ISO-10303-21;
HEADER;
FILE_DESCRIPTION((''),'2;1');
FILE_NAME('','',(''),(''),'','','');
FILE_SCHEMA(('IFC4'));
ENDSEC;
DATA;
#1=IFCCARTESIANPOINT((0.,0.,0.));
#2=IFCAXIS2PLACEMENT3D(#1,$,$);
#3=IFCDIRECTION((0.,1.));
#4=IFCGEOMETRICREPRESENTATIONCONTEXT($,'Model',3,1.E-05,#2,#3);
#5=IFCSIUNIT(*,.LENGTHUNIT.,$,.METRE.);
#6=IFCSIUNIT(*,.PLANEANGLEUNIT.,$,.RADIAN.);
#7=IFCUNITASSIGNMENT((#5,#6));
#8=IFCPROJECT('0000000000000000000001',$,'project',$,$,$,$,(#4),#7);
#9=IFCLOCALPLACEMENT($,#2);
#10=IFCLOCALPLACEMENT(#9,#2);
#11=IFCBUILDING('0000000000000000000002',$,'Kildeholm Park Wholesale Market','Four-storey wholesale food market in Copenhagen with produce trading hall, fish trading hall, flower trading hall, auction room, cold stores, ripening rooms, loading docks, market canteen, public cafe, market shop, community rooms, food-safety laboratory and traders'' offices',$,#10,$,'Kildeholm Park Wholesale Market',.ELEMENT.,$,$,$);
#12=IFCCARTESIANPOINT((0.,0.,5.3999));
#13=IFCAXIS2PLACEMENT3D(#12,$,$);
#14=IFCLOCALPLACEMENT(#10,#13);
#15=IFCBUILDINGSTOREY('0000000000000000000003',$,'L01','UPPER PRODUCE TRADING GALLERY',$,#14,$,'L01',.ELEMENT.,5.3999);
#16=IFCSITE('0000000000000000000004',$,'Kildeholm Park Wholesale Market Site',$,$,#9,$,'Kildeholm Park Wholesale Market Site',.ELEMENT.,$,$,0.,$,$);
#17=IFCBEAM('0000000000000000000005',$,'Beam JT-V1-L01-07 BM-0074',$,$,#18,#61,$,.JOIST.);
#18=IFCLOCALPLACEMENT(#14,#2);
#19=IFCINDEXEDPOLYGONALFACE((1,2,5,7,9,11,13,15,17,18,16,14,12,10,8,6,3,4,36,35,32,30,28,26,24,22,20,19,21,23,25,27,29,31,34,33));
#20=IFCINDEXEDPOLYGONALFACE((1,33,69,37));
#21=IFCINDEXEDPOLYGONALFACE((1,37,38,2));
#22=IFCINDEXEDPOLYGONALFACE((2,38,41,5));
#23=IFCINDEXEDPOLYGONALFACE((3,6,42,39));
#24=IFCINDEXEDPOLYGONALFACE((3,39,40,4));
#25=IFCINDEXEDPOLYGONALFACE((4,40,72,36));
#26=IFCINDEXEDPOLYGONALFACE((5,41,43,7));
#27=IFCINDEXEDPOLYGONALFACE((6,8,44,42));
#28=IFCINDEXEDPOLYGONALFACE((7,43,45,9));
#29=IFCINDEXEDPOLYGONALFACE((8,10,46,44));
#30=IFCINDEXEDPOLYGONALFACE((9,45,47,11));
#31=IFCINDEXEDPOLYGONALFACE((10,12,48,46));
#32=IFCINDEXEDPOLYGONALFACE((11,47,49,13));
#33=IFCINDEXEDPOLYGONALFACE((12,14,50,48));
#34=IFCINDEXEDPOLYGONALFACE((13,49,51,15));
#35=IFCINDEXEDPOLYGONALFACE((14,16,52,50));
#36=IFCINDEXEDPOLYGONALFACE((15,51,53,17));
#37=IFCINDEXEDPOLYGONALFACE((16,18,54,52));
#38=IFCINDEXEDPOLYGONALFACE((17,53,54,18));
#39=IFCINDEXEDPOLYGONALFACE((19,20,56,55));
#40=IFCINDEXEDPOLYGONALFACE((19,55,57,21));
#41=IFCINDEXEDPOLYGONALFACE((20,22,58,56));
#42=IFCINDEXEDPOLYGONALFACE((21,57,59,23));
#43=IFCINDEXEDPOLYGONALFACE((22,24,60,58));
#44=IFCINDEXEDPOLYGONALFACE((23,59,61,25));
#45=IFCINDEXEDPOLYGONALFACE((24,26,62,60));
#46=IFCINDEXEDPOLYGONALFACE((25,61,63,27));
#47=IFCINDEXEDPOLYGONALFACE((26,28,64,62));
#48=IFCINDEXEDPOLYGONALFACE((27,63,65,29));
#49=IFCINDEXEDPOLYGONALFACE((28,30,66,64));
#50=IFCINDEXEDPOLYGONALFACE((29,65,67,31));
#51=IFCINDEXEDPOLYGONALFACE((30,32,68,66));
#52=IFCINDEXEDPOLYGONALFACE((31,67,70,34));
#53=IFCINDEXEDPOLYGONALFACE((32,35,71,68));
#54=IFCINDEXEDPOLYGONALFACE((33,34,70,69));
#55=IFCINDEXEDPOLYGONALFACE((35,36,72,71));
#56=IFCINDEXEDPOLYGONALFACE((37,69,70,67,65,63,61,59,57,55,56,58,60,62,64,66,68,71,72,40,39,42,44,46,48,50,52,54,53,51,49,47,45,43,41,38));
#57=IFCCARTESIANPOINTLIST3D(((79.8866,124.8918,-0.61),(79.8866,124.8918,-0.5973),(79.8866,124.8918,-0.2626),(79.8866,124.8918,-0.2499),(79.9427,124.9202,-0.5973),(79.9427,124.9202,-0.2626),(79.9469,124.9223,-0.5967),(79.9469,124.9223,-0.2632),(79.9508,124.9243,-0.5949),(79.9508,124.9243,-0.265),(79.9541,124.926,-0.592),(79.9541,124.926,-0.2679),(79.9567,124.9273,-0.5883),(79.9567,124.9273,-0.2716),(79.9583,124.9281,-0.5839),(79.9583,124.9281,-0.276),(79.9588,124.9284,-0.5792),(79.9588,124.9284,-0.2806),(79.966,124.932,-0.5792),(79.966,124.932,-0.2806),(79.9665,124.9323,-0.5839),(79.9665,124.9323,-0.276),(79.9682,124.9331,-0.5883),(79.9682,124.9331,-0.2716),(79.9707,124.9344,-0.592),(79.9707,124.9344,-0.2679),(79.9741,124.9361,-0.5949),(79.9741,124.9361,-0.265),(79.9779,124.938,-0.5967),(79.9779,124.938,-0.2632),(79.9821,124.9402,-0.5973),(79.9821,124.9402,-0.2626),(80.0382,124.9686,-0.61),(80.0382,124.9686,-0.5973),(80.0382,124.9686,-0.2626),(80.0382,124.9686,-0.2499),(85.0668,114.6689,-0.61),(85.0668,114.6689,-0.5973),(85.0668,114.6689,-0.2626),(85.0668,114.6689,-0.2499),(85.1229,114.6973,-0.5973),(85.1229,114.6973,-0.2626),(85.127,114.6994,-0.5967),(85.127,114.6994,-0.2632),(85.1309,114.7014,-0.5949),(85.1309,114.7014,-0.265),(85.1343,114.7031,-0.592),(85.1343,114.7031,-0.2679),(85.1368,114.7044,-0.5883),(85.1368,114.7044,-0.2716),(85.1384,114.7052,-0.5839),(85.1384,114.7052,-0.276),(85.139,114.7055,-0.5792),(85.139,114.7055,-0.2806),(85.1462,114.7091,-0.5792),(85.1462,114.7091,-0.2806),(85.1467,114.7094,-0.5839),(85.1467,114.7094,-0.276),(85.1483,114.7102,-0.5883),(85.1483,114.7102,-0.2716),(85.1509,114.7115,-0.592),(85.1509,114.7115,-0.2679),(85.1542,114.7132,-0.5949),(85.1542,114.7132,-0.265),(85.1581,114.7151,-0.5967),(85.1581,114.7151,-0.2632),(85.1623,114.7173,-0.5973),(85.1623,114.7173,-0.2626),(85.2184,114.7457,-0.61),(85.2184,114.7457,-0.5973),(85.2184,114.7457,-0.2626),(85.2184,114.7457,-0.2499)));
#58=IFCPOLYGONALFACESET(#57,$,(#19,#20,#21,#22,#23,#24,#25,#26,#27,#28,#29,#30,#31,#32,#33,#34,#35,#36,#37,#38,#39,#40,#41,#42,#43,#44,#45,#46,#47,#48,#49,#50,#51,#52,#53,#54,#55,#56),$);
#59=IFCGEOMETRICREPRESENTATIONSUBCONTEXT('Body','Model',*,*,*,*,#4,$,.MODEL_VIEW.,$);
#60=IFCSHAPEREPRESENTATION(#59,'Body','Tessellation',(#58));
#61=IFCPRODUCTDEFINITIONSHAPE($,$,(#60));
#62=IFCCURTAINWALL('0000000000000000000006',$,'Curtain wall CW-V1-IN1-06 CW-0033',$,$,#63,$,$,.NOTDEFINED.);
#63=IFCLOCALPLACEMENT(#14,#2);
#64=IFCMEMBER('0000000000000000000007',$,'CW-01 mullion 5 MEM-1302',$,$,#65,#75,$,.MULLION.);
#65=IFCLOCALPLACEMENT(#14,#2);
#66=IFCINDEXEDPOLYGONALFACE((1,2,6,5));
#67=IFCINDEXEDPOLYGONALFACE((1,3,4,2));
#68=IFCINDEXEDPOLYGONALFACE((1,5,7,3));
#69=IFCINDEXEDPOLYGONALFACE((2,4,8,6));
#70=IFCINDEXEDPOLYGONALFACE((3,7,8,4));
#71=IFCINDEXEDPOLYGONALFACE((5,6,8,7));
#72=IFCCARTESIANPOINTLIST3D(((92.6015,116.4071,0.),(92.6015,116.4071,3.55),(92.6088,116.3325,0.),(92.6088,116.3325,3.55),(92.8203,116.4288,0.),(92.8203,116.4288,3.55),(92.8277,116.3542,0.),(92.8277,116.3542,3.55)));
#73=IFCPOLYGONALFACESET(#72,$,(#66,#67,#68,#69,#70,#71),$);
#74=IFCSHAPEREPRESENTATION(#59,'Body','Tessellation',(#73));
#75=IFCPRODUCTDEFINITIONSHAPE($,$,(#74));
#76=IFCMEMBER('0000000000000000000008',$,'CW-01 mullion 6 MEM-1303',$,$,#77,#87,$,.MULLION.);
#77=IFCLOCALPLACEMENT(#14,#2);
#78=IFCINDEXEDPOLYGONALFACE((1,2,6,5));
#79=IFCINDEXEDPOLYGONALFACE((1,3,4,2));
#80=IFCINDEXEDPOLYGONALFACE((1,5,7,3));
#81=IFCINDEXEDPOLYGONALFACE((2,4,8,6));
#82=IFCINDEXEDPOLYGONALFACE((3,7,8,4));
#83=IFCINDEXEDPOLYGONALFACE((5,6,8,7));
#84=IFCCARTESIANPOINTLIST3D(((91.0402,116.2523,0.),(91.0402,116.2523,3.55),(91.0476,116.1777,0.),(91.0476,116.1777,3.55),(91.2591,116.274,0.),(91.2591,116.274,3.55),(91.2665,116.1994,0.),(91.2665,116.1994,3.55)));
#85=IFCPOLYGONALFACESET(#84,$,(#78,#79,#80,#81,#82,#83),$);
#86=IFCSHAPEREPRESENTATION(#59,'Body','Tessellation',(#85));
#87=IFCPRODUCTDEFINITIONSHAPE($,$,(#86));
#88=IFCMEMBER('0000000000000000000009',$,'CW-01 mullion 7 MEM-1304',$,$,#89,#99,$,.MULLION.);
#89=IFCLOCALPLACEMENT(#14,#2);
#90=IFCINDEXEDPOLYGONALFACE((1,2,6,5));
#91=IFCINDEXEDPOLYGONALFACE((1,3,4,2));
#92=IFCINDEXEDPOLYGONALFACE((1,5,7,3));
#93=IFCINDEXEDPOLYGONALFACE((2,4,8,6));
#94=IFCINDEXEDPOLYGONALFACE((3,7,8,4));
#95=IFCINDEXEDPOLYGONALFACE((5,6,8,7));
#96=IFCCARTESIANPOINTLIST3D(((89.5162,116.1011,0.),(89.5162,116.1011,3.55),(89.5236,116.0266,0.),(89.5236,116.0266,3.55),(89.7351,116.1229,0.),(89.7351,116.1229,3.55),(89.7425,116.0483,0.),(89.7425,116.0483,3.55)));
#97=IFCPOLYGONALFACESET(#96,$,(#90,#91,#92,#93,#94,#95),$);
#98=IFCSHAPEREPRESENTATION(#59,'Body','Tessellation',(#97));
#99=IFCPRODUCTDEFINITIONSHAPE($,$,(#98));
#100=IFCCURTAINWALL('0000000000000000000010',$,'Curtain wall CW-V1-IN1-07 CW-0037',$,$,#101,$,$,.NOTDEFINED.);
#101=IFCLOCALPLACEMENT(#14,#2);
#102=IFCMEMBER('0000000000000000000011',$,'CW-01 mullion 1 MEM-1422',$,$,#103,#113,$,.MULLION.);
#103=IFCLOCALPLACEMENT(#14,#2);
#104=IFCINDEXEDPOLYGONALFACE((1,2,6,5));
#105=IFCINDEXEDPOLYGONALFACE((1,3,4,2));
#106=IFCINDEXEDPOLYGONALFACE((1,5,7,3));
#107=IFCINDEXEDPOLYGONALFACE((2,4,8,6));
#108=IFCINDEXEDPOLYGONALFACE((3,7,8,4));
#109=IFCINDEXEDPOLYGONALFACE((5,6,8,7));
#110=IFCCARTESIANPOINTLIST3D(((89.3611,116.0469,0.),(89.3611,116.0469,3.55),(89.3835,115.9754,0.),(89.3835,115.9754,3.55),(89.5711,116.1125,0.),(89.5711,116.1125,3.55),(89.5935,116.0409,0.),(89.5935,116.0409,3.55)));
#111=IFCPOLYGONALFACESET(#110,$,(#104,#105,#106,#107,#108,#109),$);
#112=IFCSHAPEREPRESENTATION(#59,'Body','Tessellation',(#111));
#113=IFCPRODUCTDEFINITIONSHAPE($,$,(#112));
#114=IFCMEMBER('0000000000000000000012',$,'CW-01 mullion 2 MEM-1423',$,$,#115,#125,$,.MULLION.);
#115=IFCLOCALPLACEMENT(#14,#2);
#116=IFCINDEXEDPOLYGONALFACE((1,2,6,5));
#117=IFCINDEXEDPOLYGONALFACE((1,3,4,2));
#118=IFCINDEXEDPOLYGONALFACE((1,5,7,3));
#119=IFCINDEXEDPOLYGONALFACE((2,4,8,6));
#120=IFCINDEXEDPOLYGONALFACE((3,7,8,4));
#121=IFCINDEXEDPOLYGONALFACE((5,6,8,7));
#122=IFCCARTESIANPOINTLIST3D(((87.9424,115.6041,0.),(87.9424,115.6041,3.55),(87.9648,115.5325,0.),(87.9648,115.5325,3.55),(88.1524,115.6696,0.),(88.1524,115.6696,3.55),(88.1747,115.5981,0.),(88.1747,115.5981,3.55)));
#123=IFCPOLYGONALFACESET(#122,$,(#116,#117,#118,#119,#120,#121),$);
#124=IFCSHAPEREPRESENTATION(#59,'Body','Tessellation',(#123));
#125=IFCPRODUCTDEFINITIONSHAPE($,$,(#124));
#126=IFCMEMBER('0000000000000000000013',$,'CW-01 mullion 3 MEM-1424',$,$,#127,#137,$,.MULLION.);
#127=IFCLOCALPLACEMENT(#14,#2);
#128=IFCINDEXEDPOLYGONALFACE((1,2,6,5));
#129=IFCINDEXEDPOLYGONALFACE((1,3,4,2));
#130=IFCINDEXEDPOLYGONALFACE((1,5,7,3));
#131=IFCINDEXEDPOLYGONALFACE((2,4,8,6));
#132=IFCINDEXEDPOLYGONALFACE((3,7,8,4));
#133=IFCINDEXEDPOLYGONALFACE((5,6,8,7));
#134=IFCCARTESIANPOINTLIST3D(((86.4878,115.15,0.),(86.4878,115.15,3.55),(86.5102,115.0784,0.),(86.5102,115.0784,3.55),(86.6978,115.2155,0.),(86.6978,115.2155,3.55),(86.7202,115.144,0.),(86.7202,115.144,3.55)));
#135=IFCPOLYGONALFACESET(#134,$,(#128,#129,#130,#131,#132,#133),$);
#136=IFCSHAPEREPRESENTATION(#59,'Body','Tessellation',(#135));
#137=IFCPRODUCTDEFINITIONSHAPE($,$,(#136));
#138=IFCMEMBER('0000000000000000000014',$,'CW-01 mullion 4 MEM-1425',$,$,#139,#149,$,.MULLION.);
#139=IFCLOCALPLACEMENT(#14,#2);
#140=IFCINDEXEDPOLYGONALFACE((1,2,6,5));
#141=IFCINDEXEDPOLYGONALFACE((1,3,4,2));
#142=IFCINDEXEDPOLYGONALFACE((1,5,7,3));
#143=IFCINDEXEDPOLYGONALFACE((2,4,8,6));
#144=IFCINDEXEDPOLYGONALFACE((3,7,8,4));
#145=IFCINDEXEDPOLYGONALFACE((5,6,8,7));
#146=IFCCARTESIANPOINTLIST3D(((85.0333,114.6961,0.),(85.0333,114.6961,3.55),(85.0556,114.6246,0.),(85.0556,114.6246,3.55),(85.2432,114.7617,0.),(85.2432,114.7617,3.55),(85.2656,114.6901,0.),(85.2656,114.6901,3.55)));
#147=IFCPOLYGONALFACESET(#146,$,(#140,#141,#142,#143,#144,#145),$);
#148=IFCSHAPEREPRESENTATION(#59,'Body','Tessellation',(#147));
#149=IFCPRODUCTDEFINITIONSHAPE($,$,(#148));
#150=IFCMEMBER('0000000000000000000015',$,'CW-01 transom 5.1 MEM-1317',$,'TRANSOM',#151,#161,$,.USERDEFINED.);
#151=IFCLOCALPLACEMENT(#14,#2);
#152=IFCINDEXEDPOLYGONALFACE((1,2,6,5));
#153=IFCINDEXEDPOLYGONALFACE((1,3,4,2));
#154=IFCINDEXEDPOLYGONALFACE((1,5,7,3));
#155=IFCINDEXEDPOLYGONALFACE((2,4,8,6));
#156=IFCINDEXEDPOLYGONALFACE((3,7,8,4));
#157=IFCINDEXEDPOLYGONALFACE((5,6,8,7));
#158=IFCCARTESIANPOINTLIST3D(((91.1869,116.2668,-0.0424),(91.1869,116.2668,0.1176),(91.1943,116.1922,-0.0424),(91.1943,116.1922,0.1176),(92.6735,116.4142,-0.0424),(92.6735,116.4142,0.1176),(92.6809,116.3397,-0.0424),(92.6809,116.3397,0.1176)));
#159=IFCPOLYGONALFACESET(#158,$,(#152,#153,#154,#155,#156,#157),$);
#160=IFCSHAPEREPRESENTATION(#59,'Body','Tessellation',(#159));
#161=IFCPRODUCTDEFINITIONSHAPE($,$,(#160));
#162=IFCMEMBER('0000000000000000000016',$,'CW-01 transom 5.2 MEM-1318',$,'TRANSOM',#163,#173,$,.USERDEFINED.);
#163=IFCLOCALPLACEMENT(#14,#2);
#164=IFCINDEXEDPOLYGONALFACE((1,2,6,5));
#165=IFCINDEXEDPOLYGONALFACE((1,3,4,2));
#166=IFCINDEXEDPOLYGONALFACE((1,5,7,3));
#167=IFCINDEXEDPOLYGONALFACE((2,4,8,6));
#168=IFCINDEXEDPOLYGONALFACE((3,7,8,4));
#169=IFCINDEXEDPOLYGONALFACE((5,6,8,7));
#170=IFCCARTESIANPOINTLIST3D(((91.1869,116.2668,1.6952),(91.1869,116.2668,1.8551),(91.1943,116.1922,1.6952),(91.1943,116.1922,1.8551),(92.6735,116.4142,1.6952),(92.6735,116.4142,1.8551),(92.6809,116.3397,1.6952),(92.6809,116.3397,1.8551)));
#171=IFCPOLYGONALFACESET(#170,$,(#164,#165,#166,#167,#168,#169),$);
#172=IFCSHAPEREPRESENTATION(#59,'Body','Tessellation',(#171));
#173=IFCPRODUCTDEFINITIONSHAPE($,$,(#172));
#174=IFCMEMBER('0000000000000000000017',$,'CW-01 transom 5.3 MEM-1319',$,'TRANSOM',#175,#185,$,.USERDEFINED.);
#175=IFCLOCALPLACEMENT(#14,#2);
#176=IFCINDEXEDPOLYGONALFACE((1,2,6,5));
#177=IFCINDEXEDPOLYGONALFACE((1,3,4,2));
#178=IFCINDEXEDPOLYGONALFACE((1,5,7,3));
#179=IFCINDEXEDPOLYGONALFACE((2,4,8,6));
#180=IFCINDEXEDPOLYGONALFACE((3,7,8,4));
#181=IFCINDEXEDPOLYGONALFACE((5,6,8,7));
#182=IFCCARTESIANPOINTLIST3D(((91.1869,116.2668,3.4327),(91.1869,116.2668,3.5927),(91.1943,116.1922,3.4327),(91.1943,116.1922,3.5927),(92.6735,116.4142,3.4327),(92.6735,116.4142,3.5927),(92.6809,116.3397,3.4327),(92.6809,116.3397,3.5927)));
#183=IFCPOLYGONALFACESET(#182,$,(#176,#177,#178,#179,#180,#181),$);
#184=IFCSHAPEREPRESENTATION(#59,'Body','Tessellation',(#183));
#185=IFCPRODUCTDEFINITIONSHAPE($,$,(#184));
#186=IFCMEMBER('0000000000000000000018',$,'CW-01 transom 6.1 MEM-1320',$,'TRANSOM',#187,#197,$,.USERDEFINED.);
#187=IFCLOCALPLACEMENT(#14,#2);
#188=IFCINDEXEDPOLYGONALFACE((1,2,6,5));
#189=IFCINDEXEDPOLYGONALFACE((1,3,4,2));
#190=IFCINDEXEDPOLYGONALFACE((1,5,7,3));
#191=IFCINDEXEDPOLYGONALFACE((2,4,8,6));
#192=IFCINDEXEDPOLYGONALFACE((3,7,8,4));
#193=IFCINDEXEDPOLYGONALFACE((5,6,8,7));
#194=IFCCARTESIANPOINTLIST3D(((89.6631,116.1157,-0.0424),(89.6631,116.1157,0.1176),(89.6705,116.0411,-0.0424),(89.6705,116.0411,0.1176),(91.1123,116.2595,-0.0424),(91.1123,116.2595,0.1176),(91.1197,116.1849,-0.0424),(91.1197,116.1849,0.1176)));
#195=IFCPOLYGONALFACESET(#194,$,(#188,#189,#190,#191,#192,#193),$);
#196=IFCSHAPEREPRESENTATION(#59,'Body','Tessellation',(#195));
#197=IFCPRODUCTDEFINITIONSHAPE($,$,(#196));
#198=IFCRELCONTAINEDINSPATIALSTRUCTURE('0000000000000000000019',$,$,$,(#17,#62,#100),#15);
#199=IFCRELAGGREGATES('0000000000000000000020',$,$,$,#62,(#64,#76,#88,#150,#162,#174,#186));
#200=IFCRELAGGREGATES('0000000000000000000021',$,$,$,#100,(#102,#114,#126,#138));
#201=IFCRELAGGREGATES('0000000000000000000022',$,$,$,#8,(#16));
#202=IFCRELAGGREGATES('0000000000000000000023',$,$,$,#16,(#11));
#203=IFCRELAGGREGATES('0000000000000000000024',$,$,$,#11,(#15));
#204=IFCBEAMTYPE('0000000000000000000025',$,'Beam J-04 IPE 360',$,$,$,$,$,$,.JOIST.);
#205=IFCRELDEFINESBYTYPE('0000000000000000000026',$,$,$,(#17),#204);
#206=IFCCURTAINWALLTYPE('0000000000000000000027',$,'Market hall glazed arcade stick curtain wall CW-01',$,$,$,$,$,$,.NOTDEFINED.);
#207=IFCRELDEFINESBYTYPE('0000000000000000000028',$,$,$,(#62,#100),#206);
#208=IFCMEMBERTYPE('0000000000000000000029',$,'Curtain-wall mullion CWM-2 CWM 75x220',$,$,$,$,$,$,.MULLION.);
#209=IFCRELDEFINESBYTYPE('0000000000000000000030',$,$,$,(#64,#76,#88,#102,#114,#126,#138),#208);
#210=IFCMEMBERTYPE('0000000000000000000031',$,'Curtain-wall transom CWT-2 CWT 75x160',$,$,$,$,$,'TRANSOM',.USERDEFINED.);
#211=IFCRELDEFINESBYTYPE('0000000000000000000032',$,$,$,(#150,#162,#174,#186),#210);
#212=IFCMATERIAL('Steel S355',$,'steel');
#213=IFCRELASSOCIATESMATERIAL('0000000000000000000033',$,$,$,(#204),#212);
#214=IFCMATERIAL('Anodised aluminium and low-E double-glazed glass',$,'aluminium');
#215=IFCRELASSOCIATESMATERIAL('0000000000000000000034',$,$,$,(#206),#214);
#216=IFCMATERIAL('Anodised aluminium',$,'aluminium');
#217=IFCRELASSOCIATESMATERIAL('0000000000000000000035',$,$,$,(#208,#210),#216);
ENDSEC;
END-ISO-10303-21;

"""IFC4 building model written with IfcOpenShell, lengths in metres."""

from ifc_helpers import new_model, si_unit, direction, frame, origin, origin_2d, place, context, subcontext, project, spatial, rectangle, i_section, extrude, material, material_profile, profile_set, type_object, element, aggregate, save


model = new_model("IFC4")

# Units and contexts
model_context = context("Model", 3, precision=1e-05, world=origin(), true_north=direction((0.0, 1.0)))
body_context = subcontext(model_context, "Body", "Model", "MODEL_VIEW")
ifc_project = project(units=[si_unit("LENGTHUNIT", "METRE"), si_unit("PLANEANGLEUNIT", "RADIAN")], contexts=[model_context])

# Site, building, storey
site_placement = place(None, origin())
site = spatial("IfcSite", under=ifc_project, at=site_placement, Name="Kildeholm Park Wholesale Market Site", LongName="Kildeholm Park Wholesale Market Site", CompositionType="ELEMENT", RefElevation=0.0)
building_placement = place(site_placement, origin())
building = spatial("IfcBuilding", under=site, at=building_placement, Name="Kildeholm Park Wholesale Market", Description="Four-storey wholesale food market in Copenhagen with produce trading hall, fish trading hall, flower trading hall, auction room, cold stores, ripening rooms, loading docks, market canteen, public cafe, market shop, community rooms, food-safety laboratory and traders' offices", LongName="Kildeholm Park Wholesale Market", CompositionType="ELEMENT")
storey_placement = place(building_placement, frame((0.0, 0.0, 5.3999)))
storey = spatial("IfcBuildingStorey", under=building, at=storey_placement, Name="L01", Description="UPPER PRODUCE TRADING GALLERY", LongName="L01", CompositionType="ELEMENT", Elevation=5.3999)

# Shared definitions
ifc_material_1 = material(Name="Steel S355", Category="steel")

# Beam
ifc_material_profile_1 = material_profile(ifc_material_1, i_section(OverallWidth=0.1699, OverallDepth=0.3601, WebThickness=0.0081, FlangeThickness=0.0127, FilletRadius=0.0181, at=origin_2d()), Name="IPE 360")
ifc_profile_set_1 = profile_set([ifc_material_profile_1], Name="Steel S355")
beam_type_1 = type_object("IfcBeamType", Name="Beam J-04 IPE 360", PredefinedType="JOIST", material=ifc_profile_set_1)
beam_1_placement = place(storey_placement, frame((85.1426, 114.7073, -0.4299), z_axis=(-0.452005, 0.892016, 0.0), x_axis=(-0.892016, -0.452005, 0.0)))
element("IfcBeam", 1, at=beam_1_placement, inside=storey, type_object=beam_type_1, Name="Beam JT-V1-L01-07 BM-0074", PredefinedType="JOIST", context=body_context, shape_type="SweptSolid", body=[
    extrude(i_section(OverallWidth=0.1699, OverallDepth=0.3601, WebThickness=0.0081, FlangeThickness=0.0127, FilletRadius=0.0181, at=origin_2d()), origin(), (0.0, 0.0, 1.0), 11.4604),
])

# Curtain walls, members
ifc_material_2 = material(Name="Anodised aluminium and low-E double-glazed glass", Category="aluminium")
curtain_wall_type = type_object("IfcCurtainWallType", Name="Market hall glazed arcade stick curtain wall CW-01", PredefinedType="NOTDEFINED", material=ifc_material_2)
curtain_wall_1_placement = place(storey_placement, origin())
curtain_wall_1 = element("IfcCurtainWall", 2, at=curtain_wall_1_placement, inside=storey, type_object=curtain_wall_type, Name="Curtain wall CW-V1-IN1-06 CW-0033", PredefinedType="NOTDEFINED")
ifc_material_3 = material(Name="Anodised aluminium", Category="aluminium")
ifc_material_profile_2 = material_profile(ifc_material_3, rectangle(XDim=0.075, YDim=0.22, at=origin_2d()), Name="CWM 75x220")
ifc_profile_set_2 = profile_set([ifc_material_profile_2], Name="Anodised aluminium")
member_type_1 = type_object("IfcMemberType", Name="Curtain-wall mullion CWM-2 CWM 75x220", PredefinedType="MULLION", material=ifc_profile_set_2)
member_1_placement = place(storey_placement, frame((92.7146, 116.3806, 0.0), z_axis=(0.0, 0.0, 1.0), x_axis=(0.098683, -0.995119, 0.0)))
member_1 = element("IfcMember", 3, at=member_1_placement, type_object=member_type_1, Name="CW-01 mullion 5 MEM-1302", PredefinedType="MULLION", context=body_context, shape_type="SweptSolid", body=[
    extrude(rectangle(XDim=0.075, YDim=0.22, at=origin_2d()), origin(), (0.0, 0.0, 1.0), 3.55),
])
member_2_placement = place(storey_placement, frame((91.1533, 116.2258, 0.0), z_axis=(0.0, 0.0, 1.0), x_axis=(0.098683, -0.995119, 0.0)))
member_2 = element("IfcMember", 4, at=member_2_placement, type_object=member_type_1, Name="CW-01 mullion 6 MEM-1303", PredefinedType="MULLION", context=body_context, shape_type="SweptSolid", body=[
    extrude(rectangle(XDim=0.075, YDim=0.22, at=origin_2d()), origin(), (0.0, 0.0, 1.0), 3.55),
])
member_3_placement = place(storey_placement, frame((89.6294, 116.0747, 0.0), z_axis=(0.0, 0.0, 1.0), x_axis=(0.098683, -0.995119, 0.0)))
member_3 = element("IfcMember", 5, at=member_3_placement, type_object=member_type_1, Name="CW-01 mullion 7 MEM-1304", PredefinedType="MULLION", context=body_context, shape_type="SweptSolid", body=[
    extrude(rectangle(XDim=0.075, YDim=0.22, at=origin_2d()), origin(), (0.0, 0.0, 1.0), 3.55),
])
curtain_wall_2_placement = place(storey_placement, origin())
curtain_wall_2 = element("IfcCurtainWall", 6, at=curtain_wall_2_placement, inside=storey, type_object=curtain_wall_type, Name="Curtain wall CW-V1-IN1-07 CW-0037", PredefinedType="NOTDEFINED")
member_4_placement = place(storey_placement, frame((89.4773, 116.0439, 0.0), z_axis=(0.0, 0.0, 1.0), x_axis=(0.297957, -0.954579, 0.0)))
member_4 = element("IfcMember", 7, at=member_4_placement, type_object=member_type_1, Name="CW-01 mullion 1 MEM-1422", PredefinedType="MULLION", context=body_context, shape_type="SweptSolid", body=[
    extrude(rectangle(XDim=0.075, YDim=0.22, at=origin_2d()), origin(), (0.0, 0.0, 1.0), 3.55),
])
member_5_placement = place(storey_placement, frame((88.0586, 115.6011, 0.0), z_axis=(0.0, 0.0, 1.0), x_axis=(0.297957, -0.954579, 0.0)))
member_5 = element("IfcMember", 8, at=member_5_placement, type_object=member_type_1, Name="CW-01 mullion 2 MEM-1423", PredefinedType="MULLION", context=body_context, shape_type="SweptSolid", body=[
    extrude(rectangle(XDim=0.075, YDim=0.22, at=origin_2d()), origin(), (0.0, 0.0, 1.0), 3.55),
])
member_6_placement = place(storey_placement, frame((86.604, 115.147, 0.0), z_axis=(0.0, 0.0, 1.0), x_axis=(0.297957, -0.954579, 0.0)))
member_6 = element("IfcMember", 9, at=member_6_placement, type_object=member_type_1, Name="CW-01 mullion 3 MEM-1424", PredefinedType="MULLION", context=body_context, shape_type="SweptSolid", body=[
    extrude(rectangle(XDim=0.075, YDim=0.22, at=origin_2d()), origin(), (0.0, 0.0, 1.0), 3.55),
])
member_7_placement = place(storey_placement, frame((85.1494, 114.6931, 0.0), z_axis=(0.0, 0.0, 1.0), x_axis=(0.297957, -0.954579, 0.0)))
member_7 = element("IfcMember", 10, at=member_7_placement, type_object=member_type_1, Name="CW-01 mullion 4 MEM-1425", PredefinedType="MULLION", context=body_context, shape_type="SweptSolid", body=[
    extrude(rectangle(XDim=0.075, YDim=0.22, at=origin_2d()), origin(), (0.0, 0.0, 1.0), 3.55),
])

# Members
ifc_material_profile_3 = material_profile(ifc_material_3, rectangle(XDim=0.075, YDim=0.1599, at=origin_2d()), Name="CWT 75x160")
ifc_profile_set_3 = profile_set([ifc_material_profile_3], Name="Anodised aluminium")
member_type_2 = type_object("IfcMemberType", Name="Curtain-wall transom CWT-2 CWT 75x160", ElementType="TRANSOM", PredefinedType="USERDEFINED", material=ifc_profile_set_3)
member_8_placement = place(storey_placement, frame((92.6772, 116.377, 0.0376), z_axis=(-0.995116, -0.098711, 0.0), x_axis=(0.098711, -0.995116, 0.0)))
member_8 = element("IfcMember", 11, at=member_8_placement, type_object=member_type_2, Name="CW-01 transom 5.1 MEM-1317", ObjectType="TRANSOM", PredefinedType="USERDEFINED", context=body_context, shape_type="SweptSolid", body=[
    extrude(rectangle(XDim=0.075, YDim=0.1599, at=origin_2d()), origin(), (0.0, 0.0, 1.0), 1.4939),
])
member_9_placement = place(storey_placement, frame((92.6772, 116.377, 1.7751), z_axis=(-0.995116, -0.098711, 0.0), x_axis=(0.098711, -0.995116, 0.0)))
member_9 = element("IfcMember", 12, at=member_9_placement, type_object=member_type_2, Name="CW-01 transom 5.2 MEM-1318", ObjectType="TRANSOM", PredefinedType="USERDEFINED", context=body_context, shape_type="SweptSolid", body=[
    extrude(rectangle(XDim=0.075, YDim=0.1599, at=origin_2d()), origin(), (0.0, 0.0, 1.0), 1.4939),
])
member_10_placement = place(storey_placement, frame((92.6772, 116.377, 3.5127), z_axis=(-0.995116, -0.098711, 0.0), x_axis=(0.098711, -0.995116, 0.0)))
member_10 = element("IfcMember", 13, at=member_10_placement, type_object=member_type_2, Name="CW-01 transom 5.3 MEM-1319", ObjectType="TRANSOM", PredefinedType="USERDEFINED", context=body_context, shape_type="SweptSolid", body=[
    extrude(rectangle(XDim=0.075, YDim=0.1599, at=origin_2d()), origin(), (0.0, 0.0, 1.0), 1.4939),
])
member_11_placement = place(storey_placement, frame((91.116, 116.2222, 0.0376), z_axis=(-0.995113, -0.09874, 0.0), x_axis=(0.09874, -0.995113, 0.0)))
member_11 = element("IfcMember", 14, at=member_11_placement, type_object=member_type_2, Name="CW-01 transom 6.1 MEM-1320", ObjectType="TRANSOM", PredefinedType="USERDEFINED", context=body_context, shape_type="SweptSolid", body=[
    extrude(rectangle(XDim=0.075, YDim=0.1599, at=origin_2d()), origin(), (0.0, 0.0, 1.0), 1.4563),
])

aggregate(curtain_wall_1, [member_1, member_2, member_3, member_8, member_9, member_10, member_11])
aggregate(curtain_wall_2, [member_4, member_5, member_6, member_7])

save(model, "model.ifc")
